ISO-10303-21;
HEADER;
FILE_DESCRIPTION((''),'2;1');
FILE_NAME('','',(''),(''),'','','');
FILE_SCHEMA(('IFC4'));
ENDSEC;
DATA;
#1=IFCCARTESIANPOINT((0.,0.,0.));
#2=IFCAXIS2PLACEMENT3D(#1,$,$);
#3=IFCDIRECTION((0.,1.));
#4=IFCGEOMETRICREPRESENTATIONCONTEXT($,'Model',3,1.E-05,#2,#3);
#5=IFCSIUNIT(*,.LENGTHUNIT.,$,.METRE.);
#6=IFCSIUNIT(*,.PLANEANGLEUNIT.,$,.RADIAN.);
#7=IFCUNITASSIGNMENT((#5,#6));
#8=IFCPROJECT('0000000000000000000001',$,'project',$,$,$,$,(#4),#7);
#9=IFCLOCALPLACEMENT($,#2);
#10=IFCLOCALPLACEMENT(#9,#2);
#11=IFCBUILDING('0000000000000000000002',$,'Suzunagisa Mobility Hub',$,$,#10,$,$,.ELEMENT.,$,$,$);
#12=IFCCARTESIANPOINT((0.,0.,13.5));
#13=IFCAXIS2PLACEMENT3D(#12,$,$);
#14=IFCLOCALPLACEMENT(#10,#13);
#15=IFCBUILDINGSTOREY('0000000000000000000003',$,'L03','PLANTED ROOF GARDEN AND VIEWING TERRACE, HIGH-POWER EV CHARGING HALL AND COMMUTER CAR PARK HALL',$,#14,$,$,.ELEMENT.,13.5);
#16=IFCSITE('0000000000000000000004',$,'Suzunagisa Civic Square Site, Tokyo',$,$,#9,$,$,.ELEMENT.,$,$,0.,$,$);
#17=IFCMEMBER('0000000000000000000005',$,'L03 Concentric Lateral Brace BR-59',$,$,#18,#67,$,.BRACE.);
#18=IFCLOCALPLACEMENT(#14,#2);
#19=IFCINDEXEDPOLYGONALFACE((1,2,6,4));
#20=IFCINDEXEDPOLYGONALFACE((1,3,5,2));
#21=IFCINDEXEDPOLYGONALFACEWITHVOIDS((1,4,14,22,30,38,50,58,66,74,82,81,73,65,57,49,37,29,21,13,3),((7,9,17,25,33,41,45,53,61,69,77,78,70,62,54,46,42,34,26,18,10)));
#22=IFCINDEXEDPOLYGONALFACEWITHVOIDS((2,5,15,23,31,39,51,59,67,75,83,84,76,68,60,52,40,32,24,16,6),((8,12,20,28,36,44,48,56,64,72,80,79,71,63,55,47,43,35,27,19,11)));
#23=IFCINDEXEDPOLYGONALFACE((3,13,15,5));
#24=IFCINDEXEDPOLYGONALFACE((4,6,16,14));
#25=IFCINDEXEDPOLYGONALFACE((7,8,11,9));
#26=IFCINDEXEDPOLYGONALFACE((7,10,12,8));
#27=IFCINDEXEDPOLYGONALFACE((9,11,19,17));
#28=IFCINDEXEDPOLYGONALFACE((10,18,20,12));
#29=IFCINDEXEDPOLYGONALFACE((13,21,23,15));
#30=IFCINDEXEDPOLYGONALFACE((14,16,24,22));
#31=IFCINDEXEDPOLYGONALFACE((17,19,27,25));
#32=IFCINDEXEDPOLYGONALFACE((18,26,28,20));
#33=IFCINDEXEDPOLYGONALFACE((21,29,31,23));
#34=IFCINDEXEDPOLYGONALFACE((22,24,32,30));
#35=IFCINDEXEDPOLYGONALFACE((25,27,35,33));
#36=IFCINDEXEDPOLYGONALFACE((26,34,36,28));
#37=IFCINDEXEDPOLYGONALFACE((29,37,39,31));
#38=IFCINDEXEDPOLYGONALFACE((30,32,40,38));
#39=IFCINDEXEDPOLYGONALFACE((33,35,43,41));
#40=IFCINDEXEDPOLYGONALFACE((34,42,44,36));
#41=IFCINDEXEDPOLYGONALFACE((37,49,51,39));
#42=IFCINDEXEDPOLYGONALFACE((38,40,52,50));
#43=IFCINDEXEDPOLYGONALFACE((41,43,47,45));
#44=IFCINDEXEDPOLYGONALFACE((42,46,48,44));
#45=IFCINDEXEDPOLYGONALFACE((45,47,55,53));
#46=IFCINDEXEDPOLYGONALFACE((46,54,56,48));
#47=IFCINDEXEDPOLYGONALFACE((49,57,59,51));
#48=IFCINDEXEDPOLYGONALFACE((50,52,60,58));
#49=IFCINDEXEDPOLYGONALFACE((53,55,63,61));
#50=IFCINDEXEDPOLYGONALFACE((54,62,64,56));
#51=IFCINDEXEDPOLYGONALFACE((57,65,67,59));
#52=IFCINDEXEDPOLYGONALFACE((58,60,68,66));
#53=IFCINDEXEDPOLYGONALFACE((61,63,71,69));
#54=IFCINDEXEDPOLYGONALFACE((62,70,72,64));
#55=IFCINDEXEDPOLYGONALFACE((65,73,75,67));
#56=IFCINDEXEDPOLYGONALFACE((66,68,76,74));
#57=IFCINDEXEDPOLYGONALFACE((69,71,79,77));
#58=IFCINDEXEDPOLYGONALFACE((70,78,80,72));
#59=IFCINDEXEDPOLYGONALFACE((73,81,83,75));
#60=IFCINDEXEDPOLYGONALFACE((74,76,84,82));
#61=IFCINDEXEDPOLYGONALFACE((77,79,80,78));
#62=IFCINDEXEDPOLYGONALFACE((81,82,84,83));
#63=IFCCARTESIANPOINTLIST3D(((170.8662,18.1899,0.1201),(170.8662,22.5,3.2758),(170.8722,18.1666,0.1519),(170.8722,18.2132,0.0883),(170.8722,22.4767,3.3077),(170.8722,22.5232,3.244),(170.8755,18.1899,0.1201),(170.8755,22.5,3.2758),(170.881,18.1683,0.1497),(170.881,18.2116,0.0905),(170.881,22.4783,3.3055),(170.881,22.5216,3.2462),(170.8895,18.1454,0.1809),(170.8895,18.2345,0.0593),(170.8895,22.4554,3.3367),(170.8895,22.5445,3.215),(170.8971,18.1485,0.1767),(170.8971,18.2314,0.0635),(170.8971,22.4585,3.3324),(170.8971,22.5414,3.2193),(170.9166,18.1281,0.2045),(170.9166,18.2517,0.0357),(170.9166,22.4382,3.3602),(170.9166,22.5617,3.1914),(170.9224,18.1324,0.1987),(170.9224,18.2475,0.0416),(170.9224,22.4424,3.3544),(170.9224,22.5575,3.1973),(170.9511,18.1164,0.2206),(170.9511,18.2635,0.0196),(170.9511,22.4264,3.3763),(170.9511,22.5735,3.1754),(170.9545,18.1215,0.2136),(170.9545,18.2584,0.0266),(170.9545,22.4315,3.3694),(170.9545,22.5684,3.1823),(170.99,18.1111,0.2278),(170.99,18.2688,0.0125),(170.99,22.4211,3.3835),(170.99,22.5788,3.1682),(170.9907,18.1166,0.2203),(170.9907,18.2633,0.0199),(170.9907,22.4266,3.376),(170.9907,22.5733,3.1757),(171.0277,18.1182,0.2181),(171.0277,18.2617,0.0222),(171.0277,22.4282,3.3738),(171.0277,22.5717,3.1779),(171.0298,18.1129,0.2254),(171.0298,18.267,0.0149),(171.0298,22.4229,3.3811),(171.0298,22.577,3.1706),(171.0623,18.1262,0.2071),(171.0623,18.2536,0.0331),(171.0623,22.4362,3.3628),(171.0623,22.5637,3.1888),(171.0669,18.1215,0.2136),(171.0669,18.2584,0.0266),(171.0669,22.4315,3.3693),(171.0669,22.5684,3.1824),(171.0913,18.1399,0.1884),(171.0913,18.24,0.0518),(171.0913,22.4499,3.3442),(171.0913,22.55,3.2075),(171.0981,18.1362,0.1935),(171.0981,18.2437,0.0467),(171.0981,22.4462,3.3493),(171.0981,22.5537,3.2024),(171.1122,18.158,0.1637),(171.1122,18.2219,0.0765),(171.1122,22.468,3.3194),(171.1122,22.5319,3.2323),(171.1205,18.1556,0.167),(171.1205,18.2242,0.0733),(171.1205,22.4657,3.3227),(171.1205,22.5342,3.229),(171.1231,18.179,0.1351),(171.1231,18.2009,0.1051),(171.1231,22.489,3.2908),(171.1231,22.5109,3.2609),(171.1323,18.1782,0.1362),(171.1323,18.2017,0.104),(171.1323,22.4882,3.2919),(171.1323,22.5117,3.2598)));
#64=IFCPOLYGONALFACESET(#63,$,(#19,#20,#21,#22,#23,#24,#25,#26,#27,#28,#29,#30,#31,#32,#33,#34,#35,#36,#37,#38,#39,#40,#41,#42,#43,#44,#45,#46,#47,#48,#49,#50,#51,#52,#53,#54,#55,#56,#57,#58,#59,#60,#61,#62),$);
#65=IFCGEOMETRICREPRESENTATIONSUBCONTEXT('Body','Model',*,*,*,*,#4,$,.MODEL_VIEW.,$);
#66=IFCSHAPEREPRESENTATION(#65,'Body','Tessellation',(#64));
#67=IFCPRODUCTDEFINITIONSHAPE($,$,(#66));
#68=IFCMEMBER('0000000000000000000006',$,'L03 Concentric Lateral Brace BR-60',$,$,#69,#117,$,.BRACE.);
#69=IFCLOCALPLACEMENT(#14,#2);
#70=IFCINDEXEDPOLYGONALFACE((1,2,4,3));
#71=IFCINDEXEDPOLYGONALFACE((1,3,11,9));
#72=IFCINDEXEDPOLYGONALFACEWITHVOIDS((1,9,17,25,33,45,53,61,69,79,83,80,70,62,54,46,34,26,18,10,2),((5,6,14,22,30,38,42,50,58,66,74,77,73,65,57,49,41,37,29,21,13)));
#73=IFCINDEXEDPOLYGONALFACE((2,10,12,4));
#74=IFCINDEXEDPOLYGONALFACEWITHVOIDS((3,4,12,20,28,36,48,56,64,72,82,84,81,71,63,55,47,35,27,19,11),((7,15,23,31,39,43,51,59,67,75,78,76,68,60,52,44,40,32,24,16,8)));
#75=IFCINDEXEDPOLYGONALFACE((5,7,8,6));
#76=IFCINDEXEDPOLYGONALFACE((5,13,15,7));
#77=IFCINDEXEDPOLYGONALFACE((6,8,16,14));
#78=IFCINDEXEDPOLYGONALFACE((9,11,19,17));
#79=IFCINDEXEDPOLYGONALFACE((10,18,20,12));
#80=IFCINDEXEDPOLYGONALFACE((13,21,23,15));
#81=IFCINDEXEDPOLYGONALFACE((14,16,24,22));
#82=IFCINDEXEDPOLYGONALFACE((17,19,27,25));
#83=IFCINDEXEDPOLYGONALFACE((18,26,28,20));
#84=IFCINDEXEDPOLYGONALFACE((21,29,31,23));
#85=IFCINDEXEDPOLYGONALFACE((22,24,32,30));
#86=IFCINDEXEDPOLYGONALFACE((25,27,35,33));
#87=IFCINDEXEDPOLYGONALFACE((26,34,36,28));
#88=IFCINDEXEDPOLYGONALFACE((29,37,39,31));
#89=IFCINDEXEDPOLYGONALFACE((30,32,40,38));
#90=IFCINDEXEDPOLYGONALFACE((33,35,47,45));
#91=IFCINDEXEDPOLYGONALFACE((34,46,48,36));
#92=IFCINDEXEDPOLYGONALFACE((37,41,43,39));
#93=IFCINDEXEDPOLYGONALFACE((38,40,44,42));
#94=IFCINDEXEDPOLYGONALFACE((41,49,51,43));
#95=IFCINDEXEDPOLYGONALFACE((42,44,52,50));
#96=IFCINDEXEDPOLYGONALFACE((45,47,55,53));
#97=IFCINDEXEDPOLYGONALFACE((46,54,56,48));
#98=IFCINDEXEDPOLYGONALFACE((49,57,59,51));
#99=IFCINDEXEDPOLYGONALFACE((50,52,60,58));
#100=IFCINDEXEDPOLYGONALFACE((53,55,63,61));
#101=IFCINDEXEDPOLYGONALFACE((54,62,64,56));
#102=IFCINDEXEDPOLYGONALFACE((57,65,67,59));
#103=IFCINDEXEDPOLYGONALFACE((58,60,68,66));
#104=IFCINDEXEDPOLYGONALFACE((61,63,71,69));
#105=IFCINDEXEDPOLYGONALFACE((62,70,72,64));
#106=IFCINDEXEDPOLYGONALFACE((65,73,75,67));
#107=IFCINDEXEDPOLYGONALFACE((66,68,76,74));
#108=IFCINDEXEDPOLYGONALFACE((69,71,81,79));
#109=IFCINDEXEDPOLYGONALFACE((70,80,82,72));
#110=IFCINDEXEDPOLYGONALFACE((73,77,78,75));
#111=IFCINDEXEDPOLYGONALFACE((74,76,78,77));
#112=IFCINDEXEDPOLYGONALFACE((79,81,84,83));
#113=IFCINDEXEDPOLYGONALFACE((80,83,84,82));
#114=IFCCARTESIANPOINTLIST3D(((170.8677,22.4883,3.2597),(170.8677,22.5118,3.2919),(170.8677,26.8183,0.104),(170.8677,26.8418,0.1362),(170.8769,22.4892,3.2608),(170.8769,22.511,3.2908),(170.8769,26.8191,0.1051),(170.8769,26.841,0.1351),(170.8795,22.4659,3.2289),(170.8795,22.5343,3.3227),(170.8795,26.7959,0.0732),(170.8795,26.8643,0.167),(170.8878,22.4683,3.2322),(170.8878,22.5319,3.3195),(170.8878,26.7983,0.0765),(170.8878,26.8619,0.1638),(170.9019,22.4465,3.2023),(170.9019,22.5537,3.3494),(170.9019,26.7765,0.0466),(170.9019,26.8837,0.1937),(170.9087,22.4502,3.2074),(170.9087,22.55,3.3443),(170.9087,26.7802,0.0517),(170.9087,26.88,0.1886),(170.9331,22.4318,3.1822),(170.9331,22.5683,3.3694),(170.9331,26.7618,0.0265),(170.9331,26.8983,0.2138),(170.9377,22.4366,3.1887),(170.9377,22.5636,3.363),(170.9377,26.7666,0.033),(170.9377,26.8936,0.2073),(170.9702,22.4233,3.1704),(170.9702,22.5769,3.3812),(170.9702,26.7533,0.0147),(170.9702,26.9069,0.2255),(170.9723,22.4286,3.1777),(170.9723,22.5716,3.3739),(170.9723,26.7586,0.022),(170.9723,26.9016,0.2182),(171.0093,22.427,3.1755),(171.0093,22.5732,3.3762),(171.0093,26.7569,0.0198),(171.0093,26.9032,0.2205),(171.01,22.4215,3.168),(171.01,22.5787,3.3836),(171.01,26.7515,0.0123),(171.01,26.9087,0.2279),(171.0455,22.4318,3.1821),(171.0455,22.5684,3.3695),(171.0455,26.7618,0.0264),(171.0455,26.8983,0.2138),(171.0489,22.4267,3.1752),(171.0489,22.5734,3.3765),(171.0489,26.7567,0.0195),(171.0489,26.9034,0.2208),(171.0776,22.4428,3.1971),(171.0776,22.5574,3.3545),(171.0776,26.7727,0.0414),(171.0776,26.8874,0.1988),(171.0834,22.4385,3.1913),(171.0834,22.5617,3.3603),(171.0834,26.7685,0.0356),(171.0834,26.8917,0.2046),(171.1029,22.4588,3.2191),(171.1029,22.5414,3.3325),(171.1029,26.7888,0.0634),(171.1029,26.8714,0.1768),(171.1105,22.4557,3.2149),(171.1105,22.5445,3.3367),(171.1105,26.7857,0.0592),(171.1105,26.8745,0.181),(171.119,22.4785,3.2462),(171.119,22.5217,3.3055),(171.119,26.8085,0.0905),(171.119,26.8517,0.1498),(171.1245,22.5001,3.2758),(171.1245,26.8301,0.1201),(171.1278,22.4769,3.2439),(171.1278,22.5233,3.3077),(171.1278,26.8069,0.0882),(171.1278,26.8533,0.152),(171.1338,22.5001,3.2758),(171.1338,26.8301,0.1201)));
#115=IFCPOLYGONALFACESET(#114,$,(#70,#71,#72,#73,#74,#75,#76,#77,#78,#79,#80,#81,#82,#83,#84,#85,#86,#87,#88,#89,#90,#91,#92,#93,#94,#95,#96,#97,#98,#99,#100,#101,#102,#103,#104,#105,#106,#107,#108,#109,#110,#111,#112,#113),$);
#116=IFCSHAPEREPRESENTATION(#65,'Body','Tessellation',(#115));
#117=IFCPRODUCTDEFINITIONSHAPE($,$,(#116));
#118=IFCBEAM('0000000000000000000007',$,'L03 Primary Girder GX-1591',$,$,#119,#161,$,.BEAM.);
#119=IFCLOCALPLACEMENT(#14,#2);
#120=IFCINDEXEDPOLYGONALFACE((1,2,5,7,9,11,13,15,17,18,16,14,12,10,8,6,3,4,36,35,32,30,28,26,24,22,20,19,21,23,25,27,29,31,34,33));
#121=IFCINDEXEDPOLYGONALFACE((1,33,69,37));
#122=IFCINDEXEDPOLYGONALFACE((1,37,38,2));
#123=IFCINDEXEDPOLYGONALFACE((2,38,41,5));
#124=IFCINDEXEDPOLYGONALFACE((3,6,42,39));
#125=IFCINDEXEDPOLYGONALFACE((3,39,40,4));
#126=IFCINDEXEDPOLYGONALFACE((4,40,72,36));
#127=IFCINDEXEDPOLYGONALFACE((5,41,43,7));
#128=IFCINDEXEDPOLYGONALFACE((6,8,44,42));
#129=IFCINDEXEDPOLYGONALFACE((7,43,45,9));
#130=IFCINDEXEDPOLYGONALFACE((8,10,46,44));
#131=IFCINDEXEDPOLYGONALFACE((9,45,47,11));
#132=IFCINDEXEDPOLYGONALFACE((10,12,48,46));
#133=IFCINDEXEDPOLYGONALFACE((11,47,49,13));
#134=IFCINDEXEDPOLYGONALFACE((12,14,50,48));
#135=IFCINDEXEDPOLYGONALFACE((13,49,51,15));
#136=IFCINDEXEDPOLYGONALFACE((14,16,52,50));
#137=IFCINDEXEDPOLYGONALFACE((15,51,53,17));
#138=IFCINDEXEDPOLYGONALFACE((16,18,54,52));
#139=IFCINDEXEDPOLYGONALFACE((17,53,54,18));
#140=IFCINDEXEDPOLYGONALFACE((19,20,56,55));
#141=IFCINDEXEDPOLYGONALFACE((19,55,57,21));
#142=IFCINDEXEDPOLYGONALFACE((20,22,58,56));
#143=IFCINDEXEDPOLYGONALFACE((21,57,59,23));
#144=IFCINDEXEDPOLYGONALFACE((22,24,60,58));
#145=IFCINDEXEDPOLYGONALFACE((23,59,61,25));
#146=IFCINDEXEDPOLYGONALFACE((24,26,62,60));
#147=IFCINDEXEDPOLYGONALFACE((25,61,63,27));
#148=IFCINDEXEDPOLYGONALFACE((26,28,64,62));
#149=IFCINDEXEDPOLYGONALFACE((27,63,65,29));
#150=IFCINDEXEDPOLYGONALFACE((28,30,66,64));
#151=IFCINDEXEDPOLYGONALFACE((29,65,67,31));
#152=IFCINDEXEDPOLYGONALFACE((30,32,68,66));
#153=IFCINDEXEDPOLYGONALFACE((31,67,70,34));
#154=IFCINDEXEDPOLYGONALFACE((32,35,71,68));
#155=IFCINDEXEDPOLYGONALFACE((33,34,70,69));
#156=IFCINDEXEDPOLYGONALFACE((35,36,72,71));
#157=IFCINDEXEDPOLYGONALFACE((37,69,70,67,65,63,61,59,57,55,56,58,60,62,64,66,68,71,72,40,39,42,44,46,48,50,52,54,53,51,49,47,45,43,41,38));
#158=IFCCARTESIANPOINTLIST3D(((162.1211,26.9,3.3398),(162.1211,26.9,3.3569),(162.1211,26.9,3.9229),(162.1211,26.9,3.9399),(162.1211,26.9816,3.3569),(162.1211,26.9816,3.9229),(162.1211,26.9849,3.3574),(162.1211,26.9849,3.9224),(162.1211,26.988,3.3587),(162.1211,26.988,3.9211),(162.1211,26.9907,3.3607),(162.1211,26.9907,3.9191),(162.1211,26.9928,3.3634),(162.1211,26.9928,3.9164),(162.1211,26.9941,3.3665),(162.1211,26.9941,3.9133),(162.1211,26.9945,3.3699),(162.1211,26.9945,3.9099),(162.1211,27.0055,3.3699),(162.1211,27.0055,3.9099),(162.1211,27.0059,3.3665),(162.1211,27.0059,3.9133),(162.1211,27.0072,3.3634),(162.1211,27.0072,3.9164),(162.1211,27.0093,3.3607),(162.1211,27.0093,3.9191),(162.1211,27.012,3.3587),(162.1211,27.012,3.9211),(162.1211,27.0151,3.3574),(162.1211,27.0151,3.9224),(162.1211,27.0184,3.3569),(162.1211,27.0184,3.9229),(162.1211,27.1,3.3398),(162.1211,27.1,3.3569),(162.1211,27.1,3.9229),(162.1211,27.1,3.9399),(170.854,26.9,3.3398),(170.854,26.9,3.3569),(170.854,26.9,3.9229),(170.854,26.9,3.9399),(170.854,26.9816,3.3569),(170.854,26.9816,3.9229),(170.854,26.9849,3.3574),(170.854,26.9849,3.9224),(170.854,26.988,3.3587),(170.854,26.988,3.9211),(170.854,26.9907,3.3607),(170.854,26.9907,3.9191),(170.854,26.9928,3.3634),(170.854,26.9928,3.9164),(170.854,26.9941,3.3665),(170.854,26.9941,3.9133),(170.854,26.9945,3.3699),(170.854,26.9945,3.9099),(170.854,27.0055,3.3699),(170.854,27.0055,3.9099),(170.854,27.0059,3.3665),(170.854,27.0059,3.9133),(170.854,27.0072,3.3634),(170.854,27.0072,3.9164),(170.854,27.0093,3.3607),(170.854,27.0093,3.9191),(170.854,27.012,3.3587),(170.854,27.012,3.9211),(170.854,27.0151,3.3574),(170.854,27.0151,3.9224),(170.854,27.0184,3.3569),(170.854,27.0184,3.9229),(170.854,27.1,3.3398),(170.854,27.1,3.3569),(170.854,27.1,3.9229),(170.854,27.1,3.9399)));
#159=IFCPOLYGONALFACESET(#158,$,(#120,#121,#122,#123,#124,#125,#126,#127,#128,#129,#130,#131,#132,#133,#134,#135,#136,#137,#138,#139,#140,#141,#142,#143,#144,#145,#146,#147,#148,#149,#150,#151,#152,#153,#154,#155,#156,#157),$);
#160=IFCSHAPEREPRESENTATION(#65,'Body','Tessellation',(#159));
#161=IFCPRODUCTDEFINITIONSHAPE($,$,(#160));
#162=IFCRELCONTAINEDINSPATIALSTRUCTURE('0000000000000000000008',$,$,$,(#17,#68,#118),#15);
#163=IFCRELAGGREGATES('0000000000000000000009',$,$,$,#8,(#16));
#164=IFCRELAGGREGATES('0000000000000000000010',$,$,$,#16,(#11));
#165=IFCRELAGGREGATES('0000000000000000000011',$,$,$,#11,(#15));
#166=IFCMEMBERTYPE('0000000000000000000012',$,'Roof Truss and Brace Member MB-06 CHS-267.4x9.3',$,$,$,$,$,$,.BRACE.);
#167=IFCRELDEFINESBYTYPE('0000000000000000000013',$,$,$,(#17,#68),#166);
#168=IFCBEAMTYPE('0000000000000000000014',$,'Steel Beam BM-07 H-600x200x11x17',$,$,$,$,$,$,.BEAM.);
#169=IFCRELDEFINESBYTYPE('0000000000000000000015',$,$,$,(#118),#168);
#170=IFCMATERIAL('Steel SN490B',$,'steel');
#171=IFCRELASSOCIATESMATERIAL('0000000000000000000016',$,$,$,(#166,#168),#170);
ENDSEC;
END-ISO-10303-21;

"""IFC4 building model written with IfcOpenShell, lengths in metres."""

from ifc_helpers import new_model, si_unit, direction, frame, origin, origin_2d, place, context, subcontext, project, spatial, hollow_circle, i_section, extrude, material, material_profile, profile_set, type_object, element, save


model = new_model("IFC4")

# Units and contexts
model_context = context("Model", 3, precision=1e-05, world=origin(), true_north=direction((0.0, 1.0)))
body_context = subcontext(model_context, "Body", "Model", "MODEL_VIEW")
ifc_project = project(units=[si_unit("LENGTHUNIT", "METRE"), si_unit("PLANEANGLEUNIT", "RADIAN")], contexts=[model_context])

# Site, building, storey
site_placement = place(None, origin())
site = spatial("IfcSite", under=ifc_project, at=site_placement, Name="Suzunagisa Civic Square Site, Tokyo", CompositionType="ELEMENT", RefElevation=0.0)
building_placement = place(site_placement, origin())
building = spatial("IfcBuilding", under=site, at=building_placement, Name="Suzunagisa Mobility Hub", CompositionType="ELEMENT")
storey_placement = place(building_placement, frame((0.0, 0.0, 13.5)))
storey = spatial("IfcBuildingStorey", under=building, at=storey_placement, Name="L03", Description="PLANTED ROOF GARDEN AND VIEWING TERRACE, HIGH-POWER EV CHARGING HALL AND COMMUTER CAR PARK HALL", CompositionType="ELEMENT", Elevation=13.5)

# Shared definitions
ifc_material_1 = material(Name="Steel SN490B", Category="steel")

# Members
ifc_material_profile_1 = material_profile(ifc_material_1, hollow_circle(Radius=0.1338, WallThickness=0.0093, at=origin_2d()), Name="CHS-267.4x9.3")
ifc_profile_set_1 = profile_set([ifc_material_profile_1], Name="Steel SN490B")
member_type_1 = type_object("IfcMemberType", Name="Roof Truss and Brace Member MB-06 CHS-267.4x9.3", PredefinedType="BRACE", material=ifc_profile_set_1)
member_1_placement = place(storey_placement, frame((171.0, 18.1899, 0.1201), z_axis=(0.0, 0.806846, 0.590761), x_axis=(-1.0, 0.0, 0.0)))
element("IfcMember", 1, at=member_1_placement, inside=storey, type_object=member_type_1, Name="L03 Concentric Lateral Brace BR-59", PredefinedType="BRACE", context=body_context, shape_type="SweptSolid", body=[
    extrude(hollow_circle(Radius=0.1338, WallThickness=0.0093, at=origin_2d()), origin(), (0.0, 0.0, 1.0), 5.3418),
])
member_2_placement = place(storey_placement, frame((171.0, 26.8301, 0.1201), z_axis=(0.0, -0.808149, 0.588979), x_axis=(1.0, 0.0, 0.0)))
element("IfcMember", 2, at=member_2_placement, inside=storey, type_object=member_type_1, Name="L03 Concentric Lateral Brace BR-60", PredefinedType="BRACE", context=body_context, shape_type="SweptSolid", body=[
    extrude(hollow_circle(Radius=0.1338, WallThickness=0.0093, at=origin_2d()), origin(), (0.0, 0.0, 1.0), 5.3579),
])

# Beam
ifc_material_profile_2 = material_profile(ifc_material_1, i_section(OverallWidth=0.2, OverallDepth=0.6001, WebThickness=0.011, FlangeThickness=0.0171, FilletRadius=0.0129, at=origin_2d()), Name="H-600x200x11x17")
ifc_profile_set_2 = profile_set([ifc_material_profile_2], Name="Steel SN490B")
beam_type_1 = type_object("IfcBeamType", Name="Steel Beam BM-07 H-600x200x11x17", PredefinedType="BEAM", material=ifc_profile_set_2)
beam_placement = place(storey_placement, frame((162.1211, 27.0, 3.6399), z_axis=(1.0, 0.0, 0.0), x_axis=(0.0, 1.0, 0.0)))
element("IfcBeam", 3, at=beam_placement, inside=storey, type_object=beam_type_1, Name="L03 Primary Girder GX-1591", PredefinedType="BEAM", context=body_context, shape_type="SweptSolid", body=[
    extrude(i_section(OverallWidth=0.2, OverallDepth=0.6001, WebThickness=0.011, FlangeThickness=0.0171, FilletRadius=0.0129, at=origin_2d()), origin(), (0.0, 0.0, 1.0), 8.7329),
])

save(model, "model.ifc")
